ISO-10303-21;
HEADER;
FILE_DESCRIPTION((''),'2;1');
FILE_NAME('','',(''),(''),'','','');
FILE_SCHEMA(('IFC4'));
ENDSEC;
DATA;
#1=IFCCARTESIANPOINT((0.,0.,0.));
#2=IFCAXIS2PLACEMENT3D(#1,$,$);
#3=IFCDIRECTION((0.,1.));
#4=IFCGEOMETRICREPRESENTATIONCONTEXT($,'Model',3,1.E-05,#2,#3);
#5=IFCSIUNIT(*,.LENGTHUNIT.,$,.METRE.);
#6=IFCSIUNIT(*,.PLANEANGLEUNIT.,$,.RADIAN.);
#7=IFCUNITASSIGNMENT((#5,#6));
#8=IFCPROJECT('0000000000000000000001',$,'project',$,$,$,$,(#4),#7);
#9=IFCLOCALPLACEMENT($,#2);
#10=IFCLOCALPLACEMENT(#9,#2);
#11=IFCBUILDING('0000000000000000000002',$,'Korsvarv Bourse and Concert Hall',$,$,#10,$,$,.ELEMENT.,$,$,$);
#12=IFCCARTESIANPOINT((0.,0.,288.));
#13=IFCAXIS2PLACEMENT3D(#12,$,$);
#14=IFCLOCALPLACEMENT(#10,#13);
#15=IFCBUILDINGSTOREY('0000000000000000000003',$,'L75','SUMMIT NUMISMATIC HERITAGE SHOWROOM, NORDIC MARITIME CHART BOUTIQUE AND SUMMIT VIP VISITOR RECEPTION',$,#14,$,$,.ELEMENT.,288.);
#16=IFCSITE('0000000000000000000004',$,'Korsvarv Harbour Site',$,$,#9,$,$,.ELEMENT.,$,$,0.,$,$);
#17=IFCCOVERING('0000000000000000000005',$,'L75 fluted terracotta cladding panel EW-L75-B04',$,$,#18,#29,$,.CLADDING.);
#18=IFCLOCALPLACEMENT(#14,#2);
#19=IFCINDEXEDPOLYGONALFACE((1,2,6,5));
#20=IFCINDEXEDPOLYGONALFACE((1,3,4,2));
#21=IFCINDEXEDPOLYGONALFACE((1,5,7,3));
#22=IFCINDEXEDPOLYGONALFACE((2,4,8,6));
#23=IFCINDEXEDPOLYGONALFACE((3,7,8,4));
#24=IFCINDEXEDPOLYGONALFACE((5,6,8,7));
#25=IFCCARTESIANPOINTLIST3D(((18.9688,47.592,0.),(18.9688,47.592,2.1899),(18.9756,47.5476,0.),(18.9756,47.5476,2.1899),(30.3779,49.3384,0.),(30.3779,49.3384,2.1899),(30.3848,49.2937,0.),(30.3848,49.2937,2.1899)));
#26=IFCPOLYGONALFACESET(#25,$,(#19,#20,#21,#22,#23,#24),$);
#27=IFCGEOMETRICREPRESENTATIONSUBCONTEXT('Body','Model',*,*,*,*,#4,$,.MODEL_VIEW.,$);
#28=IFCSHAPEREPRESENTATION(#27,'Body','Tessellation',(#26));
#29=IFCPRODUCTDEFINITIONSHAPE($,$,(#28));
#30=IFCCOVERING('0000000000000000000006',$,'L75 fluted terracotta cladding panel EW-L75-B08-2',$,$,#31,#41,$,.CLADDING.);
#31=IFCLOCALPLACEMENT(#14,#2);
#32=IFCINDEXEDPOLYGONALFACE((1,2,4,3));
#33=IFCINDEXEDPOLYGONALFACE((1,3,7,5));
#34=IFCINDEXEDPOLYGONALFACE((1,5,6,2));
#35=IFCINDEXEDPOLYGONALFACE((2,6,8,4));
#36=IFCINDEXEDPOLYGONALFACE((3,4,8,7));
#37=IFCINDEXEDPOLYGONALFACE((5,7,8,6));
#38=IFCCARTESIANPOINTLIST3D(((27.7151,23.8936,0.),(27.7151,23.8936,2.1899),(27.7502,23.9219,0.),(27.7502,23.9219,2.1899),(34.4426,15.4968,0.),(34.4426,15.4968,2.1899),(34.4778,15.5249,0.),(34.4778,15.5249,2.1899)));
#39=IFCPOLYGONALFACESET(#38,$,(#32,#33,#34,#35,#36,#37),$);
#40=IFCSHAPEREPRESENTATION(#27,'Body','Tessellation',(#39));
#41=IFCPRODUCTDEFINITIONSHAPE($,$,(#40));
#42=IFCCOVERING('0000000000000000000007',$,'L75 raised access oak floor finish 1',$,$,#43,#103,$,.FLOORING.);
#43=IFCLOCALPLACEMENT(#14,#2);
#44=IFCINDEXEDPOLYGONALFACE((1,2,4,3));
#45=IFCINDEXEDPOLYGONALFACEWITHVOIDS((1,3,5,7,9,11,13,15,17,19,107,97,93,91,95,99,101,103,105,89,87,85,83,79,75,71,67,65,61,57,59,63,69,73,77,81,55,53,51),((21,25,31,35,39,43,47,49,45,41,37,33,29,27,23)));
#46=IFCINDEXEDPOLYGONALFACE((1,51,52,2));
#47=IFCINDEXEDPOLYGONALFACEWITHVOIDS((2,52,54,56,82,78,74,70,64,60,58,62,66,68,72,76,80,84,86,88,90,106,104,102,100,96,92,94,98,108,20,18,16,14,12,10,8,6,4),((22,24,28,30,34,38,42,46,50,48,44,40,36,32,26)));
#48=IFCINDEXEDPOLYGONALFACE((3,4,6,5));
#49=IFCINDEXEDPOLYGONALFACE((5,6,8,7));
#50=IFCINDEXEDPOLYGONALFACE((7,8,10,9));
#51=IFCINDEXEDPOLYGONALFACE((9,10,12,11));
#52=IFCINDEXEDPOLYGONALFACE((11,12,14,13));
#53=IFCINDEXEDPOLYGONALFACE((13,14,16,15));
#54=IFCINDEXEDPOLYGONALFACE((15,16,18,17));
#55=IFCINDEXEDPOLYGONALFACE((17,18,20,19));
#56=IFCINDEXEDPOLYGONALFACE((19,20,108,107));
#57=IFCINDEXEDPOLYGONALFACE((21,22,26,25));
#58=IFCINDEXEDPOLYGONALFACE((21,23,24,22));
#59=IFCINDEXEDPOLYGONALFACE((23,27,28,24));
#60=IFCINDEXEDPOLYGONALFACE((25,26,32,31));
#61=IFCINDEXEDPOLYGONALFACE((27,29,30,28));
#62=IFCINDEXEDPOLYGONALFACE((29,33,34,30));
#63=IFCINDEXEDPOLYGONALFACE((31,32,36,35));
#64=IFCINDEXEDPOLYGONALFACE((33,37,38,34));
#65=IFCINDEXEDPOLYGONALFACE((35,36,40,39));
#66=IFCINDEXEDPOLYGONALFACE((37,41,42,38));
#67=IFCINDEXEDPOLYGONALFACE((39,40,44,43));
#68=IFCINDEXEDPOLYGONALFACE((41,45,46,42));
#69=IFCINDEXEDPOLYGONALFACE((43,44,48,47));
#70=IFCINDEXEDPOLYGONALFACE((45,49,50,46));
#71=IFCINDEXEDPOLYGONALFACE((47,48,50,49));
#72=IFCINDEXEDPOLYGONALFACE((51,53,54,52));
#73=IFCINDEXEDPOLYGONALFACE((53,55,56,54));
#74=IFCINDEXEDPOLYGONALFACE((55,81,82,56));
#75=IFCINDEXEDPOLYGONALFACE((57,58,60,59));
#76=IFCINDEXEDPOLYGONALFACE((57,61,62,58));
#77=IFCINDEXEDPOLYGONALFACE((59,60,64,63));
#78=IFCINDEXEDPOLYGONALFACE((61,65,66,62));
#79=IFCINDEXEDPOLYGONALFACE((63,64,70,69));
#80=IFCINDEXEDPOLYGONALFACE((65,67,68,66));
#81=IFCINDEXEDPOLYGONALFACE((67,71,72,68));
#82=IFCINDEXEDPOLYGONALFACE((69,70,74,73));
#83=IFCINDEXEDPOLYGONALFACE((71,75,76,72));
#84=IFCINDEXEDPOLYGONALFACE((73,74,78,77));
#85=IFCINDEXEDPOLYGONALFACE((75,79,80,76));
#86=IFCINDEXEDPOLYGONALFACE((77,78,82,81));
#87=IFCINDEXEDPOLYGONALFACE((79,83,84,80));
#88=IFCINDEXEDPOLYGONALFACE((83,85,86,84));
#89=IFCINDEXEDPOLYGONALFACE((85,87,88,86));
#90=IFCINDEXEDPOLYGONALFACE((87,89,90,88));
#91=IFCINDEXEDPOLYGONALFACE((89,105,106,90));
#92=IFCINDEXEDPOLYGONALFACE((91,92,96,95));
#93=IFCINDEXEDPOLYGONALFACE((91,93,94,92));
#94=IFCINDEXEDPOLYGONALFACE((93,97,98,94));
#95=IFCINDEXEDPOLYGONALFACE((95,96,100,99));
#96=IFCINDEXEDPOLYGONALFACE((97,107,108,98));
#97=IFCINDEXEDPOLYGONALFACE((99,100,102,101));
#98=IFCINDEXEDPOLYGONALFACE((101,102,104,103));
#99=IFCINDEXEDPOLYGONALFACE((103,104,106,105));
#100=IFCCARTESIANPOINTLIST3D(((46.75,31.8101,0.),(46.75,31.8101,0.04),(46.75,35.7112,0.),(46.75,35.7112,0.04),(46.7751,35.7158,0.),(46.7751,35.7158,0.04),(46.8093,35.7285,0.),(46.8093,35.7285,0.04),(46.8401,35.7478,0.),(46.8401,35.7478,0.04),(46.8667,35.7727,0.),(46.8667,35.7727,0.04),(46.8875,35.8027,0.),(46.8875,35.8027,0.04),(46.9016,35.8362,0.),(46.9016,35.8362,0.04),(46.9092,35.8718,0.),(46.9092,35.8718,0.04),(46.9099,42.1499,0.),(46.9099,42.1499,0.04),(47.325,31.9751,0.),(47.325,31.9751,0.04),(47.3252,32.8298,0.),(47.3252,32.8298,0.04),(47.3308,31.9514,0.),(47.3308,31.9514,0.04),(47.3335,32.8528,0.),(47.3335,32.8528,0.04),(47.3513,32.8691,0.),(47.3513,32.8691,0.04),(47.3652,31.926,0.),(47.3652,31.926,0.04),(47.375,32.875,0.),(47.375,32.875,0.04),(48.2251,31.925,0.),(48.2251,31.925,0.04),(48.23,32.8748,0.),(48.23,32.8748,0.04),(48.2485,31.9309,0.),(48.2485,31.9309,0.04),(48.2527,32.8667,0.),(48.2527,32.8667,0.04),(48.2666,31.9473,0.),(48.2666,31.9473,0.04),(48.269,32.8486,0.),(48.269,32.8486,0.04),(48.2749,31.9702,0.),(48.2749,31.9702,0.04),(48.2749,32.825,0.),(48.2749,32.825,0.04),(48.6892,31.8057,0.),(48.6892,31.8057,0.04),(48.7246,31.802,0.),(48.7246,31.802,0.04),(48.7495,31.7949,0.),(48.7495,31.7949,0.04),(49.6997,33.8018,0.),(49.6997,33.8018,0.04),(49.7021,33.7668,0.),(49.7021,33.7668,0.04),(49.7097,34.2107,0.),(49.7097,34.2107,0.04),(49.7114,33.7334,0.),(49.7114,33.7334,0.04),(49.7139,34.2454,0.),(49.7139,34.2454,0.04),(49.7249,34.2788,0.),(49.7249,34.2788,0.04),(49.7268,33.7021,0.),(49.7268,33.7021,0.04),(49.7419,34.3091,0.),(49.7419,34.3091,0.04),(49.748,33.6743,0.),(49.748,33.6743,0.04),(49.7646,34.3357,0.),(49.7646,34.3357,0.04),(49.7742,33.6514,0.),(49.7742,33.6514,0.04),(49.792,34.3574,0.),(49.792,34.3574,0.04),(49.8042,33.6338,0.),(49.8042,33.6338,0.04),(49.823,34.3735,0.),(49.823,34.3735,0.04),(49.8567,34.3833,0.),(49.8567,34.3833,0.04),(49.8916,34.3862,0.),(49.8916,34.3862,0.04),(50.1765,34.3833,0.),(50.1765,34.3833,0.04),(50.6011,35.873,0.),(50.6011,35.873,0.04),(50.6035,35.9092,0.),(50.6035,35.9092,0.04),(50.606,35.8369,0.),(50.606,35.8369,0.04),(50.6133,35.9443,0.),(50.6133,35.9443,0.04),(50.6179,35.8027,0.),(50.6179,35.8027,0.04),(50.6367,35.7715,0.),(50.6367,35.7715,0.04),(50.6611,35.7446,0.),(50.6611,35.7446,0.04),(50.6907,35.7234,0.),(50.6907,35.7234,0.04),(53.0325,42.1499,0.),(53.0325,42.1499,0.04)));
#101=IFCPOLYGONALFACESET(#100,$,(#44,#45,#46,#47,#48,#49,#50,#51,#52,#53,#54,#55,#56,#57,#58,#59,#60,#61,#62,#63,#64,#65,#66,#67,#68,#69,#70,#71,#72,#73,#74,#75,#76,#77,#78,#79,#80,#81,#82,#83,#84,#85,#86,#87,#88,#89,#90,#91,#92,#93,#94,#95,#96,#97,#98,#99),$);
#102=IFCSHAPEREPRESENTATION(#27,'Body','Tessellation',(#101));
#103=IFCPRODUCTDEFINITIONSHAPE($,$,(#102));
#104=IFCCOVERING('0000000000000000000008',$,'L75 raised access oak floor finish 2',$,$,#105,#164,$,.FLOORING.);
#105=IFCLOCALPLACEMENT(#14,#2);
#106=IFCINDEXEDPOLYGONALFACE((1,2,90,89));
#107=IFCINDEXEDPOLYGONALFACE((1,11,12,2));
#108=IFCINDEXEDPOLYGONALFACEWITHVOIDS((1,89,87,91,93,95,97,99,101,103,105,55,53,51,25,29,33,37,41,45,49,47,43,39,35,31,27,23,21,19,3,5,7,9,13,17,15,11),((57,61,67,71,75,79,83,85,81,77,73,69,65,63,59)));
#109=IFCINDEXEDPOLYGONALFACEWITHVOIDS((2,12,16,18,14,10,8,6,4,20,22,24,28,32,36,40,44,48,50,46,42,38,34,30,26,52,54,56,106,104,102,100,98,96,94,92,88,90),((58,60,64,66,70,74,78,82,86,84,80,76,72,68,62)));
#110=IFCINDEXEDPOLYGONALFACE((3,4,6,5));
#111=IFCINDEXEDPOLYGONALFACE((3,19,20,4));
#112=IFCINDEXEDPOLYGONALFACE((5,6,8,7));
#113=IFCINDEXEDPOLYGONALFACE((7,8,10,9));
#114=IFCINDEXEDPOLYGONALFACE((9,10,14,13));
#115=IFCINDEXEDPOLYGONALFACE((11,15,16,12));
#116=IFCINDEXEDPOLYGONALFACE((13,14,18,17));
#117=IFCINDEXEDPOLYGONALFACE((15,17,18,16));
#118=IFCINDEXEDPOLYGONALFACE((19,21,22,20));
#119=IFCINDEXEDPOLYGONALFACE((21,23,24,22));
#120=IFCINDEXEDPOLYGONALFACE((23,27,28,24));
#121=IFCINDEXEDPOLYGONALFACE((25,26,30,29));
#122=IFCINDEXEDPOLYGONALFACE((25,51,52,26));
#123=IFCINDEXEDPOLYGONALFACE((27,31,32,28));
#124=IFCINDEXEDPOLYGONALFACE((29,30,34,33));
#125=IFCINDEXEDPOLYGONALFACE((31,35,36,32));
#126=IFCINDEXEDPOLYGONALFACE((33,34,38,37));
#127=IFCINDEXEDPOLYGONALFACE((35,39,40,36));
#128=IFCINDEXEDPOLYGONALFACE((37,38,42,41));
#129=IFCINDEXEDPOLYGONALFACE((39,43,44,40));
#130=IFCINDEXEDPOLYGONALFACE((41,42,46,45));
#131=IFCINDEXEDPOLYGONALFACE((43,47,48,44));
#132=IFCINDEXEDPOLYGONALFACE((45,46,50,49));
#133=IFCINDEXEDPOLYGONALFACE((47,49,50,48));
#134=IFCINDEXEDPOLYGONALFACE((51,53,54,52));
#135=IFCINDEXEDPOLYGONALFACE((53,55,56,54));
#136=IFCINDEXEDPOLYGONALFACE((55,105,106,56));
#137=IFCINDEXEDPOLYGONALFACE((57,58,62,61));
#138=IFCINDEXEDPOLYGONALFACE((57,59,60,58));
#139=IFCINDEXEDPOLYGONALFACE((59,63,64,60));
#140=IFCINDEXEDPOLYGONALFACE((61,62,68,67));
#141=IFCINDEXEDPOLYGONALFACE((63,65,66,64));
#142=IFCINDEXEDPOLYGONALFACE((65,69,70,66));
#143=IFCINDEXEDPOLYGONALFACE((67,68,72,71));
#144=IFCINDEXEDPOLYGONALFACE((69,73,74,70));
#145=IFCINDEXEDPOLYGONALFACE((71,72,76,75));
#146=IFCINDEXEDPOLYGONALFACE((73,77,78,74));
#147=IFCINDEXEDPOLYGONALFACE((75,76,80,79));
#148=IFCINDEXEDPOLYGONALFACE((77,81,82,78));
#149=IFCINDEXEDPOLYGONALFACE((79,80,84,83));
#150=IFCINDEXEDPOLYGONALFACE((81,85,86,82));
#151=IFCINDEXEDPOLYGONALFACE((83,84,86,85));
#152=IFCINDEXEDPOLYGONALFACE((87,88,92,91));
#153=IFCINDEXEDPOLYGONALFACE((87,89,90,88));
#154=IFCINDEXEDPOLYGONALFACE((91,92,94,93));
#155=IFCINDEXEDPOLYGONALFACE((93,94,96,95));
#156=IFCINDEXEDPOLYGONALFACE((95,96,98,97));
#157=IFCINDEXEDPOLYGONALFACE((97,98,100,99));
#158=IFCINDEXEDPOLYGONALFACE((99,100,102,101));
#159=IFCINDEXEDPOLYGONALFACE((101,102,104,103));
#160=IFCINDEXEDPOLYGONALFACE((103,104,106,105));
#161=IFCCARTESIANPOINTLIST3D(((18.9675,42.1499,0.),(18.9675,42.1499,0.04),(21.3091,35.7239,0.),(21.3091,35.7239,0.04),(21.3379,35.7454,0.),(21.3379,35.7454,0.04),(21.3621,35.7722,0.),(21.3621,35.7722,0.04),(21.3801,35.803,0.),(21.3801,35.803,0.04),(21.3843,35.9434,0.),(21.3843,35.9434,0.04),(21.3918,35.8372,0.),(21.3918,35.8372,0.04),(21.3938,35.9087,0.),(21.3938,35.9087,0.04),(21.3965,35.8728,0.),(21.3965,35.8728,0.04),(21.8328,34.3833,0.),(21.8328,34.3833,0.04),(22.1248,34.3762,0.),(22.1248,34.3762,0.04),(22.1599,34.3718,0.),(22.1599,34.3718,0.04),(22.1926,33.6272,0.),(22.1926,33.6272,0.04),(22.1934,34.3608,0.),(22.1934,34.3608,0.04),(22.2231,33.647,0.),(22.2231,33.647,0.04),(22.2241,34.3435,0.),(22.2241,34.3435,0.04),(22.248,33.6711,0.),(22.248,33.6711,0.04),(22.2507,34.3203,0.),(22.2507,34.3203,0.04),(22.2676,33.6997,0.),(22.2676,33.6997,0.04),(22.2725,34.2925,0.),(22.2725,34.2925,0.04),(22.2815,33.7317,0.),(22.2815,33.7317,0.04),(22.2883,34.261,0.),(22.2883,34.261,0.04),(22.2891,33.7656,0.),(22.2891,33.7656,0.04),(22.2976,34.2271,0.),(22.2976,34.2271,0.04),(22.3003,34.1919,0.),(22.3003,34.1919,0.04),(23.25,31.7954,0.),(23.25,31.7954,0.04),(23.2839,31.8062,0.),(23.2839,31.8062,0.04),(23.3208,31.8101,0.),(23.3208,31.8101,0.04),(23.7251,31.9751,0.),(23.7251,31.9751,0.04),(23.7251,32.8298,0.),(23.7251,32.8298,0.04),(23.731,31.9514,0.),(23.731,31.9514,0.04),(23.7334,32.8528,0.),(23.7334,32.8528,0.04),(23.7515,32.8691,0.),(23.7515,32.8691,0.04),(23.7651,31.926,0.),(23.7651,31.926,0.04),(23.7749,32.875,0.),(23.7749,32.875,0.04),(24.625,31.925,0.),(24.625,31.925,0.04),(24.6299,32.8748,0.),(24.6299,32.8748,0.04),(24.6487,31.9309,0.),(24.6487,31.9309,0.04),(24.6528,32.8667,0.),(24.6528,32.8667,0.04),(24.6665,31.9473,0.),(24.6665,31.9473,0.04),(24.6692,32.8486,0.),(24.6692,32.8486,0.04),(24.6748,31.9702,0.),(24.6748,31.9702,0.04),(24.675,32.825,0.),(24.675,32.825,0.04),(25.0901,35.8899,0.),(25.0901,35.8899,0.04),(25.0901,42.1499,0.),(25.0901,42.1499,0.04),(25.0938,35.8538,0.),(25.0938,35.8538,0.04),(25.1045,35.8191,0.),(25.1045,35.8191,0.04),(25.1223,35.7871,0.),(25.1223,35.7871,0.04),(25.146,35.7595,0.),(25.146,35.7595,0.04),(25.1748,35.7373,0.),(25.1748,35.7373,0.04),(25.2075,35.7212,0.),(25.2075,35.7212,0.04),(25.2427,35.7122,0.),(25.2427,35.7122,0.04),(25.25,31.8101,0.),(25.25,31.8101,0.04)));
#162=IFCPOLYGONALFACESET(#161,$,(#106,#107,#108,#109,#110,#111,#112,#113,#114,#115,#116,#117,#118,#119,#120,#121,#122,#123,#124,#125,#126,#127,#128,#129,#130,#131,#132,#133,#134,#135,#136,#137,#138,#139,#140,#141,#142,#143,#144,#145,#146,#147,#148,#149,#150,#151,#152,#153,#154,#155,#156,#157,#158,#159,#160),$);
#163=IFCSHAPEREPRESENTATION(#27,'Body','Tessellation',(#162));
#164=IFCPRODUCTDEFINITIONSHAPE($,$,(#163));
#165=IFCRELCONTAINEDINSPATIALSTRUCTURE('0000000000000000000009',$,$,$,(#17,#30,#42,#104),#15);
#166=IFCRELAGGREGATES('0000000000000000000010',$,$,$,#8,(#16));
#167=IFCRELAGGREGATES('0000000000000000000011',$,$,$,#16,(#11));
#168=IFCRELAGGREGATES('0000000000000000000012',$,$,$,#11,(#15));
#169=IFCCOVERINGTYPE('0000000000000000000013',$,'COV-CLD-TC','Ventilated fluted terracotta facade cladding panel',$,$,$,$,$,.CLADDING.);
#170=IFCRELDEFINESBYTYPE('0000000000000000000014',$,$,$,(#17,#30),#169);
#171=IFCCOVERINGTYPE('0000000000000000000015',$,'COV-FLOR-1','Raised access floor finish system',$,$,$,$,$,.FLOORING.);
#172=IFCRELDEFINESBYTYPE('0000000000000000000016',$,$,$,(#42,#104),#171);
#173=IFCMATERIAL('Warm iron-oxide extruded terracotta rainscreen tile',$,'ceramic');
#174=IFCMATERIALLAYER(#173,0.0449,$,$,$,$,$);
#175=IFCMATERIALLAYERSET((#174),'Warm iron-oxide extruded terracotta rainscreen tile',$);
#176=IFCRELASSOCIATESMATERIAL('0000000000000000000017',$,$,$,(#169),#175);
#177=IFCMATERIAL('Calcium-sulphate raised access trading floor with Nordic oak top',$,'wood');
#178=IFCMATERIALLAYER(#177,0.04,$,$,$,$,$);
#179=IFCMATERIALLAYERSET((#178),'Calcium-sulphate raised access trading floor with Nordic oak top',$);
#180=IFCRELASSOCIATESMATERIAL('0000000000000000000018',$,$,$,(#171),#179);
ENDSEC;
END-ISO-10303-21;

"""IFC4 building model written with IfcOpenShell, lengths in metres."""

from ifc_helpers import new_model, si_unit, direction, frame, origin, place, context, subcontext, project, spatial, polyline, outline, extrude, material, layer, layer_set, type_object, element, save


model = new_model("IFC4")

# Units and contexts
model_context = context("Model", 3, precision=1e-05, world=origin(), true_north=direction((0.0, 1.0)))
body_context = subcontext(model_context, "Body", "Model", "MODEL_VIEW")
ifc_project = project(units=[si_unit("LENGTHUNIT", "METRE"), si_unit("PLANEANGLEUNIT", "RADIAN")], contexts=[model_context])

# Site, building, storey
site_placement = place(None, origin())
site = spatial("IfcSite", under=ifc_project, at=site_placement, Name="Korsvarv Harbour Site", CompositionType="ELEMENT", RefElevation=0.0)
building_placement = place(site_placement, origin())
building = spatial("IfcBuilding", under=site, at=building_placement, Name="Korsvarv Bourse and Concert Hall", CompositionType="ELEMENT")
storey_placement = place(building_placement, frame((0.0, 0.0, 288.0)))
storey = spatial("IfcBuildingStorey", under=building, at=storey_placement, Name="L75", Description="SUMMIT NUMISMATIC HERITAGE SHOWROOM, NORDIC MARITIME CHART BOUTIQUE AND SUMMIT VIP VISITOR RECEPTION", CompositionType="ELEMENT", Elevation=288.0)

# Coverings
ifc_material_1 = material(Name="Warm iron-oxide extruded terracotta rainscreen tile", Category="ceramic")
ifc_layer_1 = layer(ifc_material_1, 0.0449)
ifc_layer_set_1 = layer_set([ifc_layer_1], Name="Warm iron-oxide extruded terracotta rainscreen tile")
covering_type_1 = type_object("IfcCoveringType", Name="COV-CLD-TC", Description="Ventilated fluted terracotta facade cladding panel", PredefinedType="CLADDING", material=ifc_layer_set_1)
covering_1_placement = place(storey_placement, origin())
element("IfcCovering", 1, at=covering_1_placement, inside=storey, type_object=covering_type_1, Name="L75 fluted terracotta cladding panel EW-L75-B04", PredefinedType="CLADDING", context=body_context, shape_type="SweptSolid", body=[
    extrude(outline(polyline([(30.3848, 49.2937), (18.9756, 47.5476), (18.9688, 47.592), (30.3779, 49.3384), (30.3848, 49.2937)])), origin(), (0.0, 0.0, 1.0), 2.1899),
])
covering_2_placement = place(storey_placement, origin())
element("IfcCovering", 2, at=covering_2_placement, inside=storey, type_object=covering_type_1, Name="L75 fluted terracotta cladding panel EW-L75-B08-2", PredefinedType="CLADDING", context=body_context, shape_type="SweptSolid", body=[
    extrude(outline(polyline([(27.7502, 23.9219), (34.4778, 15.5249), (34.4426, 15.4968), (27.7151, 23.8936), (27.7502, 23.9219)])), origin(), (0.0, 0.0, 1.0), 2.1899),
])
ifc_material_2 = material(Name="Calcium-sulphate raised access trading floor with Nordic oak top", Category="wood")
ifc_layer_2 = layer(ifc_material_2, 0.04)
ifc_layer_set_2 = layer_set([ifc_layer_2], Name="Calcium-sulphate raised access trading floor with Nordic oak top")
covering_type_2 = type_object("IfcCoveringType", Name="COV-FLOR-1", Description="Raised access floor finish system", PredefinedType="FLOORING", material=ifc_layer_set_2)
covering_3_placement = place(storey_placement, origin())
element("IfcCovering", 3, at=covering_3_placement, inside=storey, type_object=covering_type_2, Name="L75 raised access oak floor finish 1", PredefinedType="FLOORING", context=body_context, shape_type="SweptSolid", body=[
    extrude(outline(polyline([(46.75, 35.7112), (46.7751, 35.7158), (46.8093, 35.7285), (46.8401, 35.7478), (46.8667, 35.7727), (46.8875, 35.8027), (46.9016, 35.8362), (46.9092, 35.8718), (46.9099, 42.1499), (53.0325, 42.1499), (50.6133, 35.9443), (50.6035, 35.9092), (50.6011, 35.873), (50.606, 35.8369), (50.6179, 35.8027), (50.6367, 35.7715), (50.6611, 35.7446), (50.6907, 35.7234), (50.1765, 34.3833), (49.8916, 34.3862), (49.8567, 34.3833), (49.823, 34.3735), (49.792, 34.3574), (49.7646, 34.3357), (49.7419, 34.3091), (49.7249, 34.2788), (49.7139, 34.2454), (49.7097, 34.2107), (49.6997, 33.8018), (49.7021, 33.7668), (49.7114, 33.7334), (49.7268, 33.7021), (49.748, 33.6743), (49.7742, 33.6514), (49.8042, 33.6338), (48.7495, 31.7949), (48.7246, 31.802), (48.6892, 31.8057), (46.75, 31.8101), (46.75, 35.7112)]), holes=[polyline([(47.3652, 31.926), (48.2251, 31.925), (48.2485, 31.9309), (48.2666, 31.9473), (48.2749, 31.9702), (48.2749, 32.825), (48.269, 32.8486), (48.2527, 32.8667), (48.23, 32.8748), (47.375, 32.875), (47.3513, 32.8691), (47.3335, 32.8528), (47.3252, 32.8298), (47.325, 31.9751), (47.3308, 31.9514), (47.3652, 31.926)])]), origin(), (0.0, 0.0, 1.0), 0.04),
])
covering_4_placement = place(storey_placement, origin())
element("IfcCovering", 4, at=covering_4_placement, inside=storey, type_object=covering_type_2, Name="L75 raised access oak floor finish 2", PredefinedType="FLOORING", context=body_context, shape_type="SweptSolid", body=[
    extrude(outline(polyline([(21.3091, 35.7239), (21.3379, 35.7454), (21.3621, 35.7722), (21.3801, 35.803), (21.3918, 35.8372), (21.3965, 35.8728), (21.3938, 35.9087), (21.3843, 35.9434), (18.9675, 42.1499), (25.0901, 42.1499), (25.0901, 35.8899), (25.0938, 35.8538), (25.1045, 35.8191), (25.1223, 35.7871), (25.146, 35.7595), (25.1748, 35.7373), (25.2075, 35.7212), (25.2427, 35.7122), (25.25, 31.8101), (23.3208, 31.8101), (23.2839, 31.8062), (23.25, 31.7954), (22.1926, 33.6272), (22.2231, 33.647), (22.248, 33.6711), (22.2676, 33.6997), (22.2815, 33.7317), (22.2891, 33.7656), (22.3003, 34.1919), (22.2976, 34.2271), (22.2883, 34.261), (22.2725, 34.2925), (22.2507, 34.3203), (22.2241, 34.3435), (22.1934, 34.3608), (22.1599, 34.3718), (22.1248, 34.3762), (21.8328, 34.3833), (21.3091, 35.7239)]), holes=[polyline([(23.7651, 31.926), (24.625, 31.925), (24.6487, 31.9309), (24.6665, 31.9473), (24.6748, 31.9702), (24.675, 32.825), (24.6692, 32.8486), (24.6528, 32.8667), (24.6299, 32.8748), (23.7749, 32.875), (23.7515, 32.8691), (23.7334, 32.8528), (23.7251, 32.8298), (23.7251, 31.9751), (23.731, 31.9514), (23.7651, 31.926)])]), origin(), (0.0, 0.0, 1.0), 0.04),
])

save(model, "model.ifc")
